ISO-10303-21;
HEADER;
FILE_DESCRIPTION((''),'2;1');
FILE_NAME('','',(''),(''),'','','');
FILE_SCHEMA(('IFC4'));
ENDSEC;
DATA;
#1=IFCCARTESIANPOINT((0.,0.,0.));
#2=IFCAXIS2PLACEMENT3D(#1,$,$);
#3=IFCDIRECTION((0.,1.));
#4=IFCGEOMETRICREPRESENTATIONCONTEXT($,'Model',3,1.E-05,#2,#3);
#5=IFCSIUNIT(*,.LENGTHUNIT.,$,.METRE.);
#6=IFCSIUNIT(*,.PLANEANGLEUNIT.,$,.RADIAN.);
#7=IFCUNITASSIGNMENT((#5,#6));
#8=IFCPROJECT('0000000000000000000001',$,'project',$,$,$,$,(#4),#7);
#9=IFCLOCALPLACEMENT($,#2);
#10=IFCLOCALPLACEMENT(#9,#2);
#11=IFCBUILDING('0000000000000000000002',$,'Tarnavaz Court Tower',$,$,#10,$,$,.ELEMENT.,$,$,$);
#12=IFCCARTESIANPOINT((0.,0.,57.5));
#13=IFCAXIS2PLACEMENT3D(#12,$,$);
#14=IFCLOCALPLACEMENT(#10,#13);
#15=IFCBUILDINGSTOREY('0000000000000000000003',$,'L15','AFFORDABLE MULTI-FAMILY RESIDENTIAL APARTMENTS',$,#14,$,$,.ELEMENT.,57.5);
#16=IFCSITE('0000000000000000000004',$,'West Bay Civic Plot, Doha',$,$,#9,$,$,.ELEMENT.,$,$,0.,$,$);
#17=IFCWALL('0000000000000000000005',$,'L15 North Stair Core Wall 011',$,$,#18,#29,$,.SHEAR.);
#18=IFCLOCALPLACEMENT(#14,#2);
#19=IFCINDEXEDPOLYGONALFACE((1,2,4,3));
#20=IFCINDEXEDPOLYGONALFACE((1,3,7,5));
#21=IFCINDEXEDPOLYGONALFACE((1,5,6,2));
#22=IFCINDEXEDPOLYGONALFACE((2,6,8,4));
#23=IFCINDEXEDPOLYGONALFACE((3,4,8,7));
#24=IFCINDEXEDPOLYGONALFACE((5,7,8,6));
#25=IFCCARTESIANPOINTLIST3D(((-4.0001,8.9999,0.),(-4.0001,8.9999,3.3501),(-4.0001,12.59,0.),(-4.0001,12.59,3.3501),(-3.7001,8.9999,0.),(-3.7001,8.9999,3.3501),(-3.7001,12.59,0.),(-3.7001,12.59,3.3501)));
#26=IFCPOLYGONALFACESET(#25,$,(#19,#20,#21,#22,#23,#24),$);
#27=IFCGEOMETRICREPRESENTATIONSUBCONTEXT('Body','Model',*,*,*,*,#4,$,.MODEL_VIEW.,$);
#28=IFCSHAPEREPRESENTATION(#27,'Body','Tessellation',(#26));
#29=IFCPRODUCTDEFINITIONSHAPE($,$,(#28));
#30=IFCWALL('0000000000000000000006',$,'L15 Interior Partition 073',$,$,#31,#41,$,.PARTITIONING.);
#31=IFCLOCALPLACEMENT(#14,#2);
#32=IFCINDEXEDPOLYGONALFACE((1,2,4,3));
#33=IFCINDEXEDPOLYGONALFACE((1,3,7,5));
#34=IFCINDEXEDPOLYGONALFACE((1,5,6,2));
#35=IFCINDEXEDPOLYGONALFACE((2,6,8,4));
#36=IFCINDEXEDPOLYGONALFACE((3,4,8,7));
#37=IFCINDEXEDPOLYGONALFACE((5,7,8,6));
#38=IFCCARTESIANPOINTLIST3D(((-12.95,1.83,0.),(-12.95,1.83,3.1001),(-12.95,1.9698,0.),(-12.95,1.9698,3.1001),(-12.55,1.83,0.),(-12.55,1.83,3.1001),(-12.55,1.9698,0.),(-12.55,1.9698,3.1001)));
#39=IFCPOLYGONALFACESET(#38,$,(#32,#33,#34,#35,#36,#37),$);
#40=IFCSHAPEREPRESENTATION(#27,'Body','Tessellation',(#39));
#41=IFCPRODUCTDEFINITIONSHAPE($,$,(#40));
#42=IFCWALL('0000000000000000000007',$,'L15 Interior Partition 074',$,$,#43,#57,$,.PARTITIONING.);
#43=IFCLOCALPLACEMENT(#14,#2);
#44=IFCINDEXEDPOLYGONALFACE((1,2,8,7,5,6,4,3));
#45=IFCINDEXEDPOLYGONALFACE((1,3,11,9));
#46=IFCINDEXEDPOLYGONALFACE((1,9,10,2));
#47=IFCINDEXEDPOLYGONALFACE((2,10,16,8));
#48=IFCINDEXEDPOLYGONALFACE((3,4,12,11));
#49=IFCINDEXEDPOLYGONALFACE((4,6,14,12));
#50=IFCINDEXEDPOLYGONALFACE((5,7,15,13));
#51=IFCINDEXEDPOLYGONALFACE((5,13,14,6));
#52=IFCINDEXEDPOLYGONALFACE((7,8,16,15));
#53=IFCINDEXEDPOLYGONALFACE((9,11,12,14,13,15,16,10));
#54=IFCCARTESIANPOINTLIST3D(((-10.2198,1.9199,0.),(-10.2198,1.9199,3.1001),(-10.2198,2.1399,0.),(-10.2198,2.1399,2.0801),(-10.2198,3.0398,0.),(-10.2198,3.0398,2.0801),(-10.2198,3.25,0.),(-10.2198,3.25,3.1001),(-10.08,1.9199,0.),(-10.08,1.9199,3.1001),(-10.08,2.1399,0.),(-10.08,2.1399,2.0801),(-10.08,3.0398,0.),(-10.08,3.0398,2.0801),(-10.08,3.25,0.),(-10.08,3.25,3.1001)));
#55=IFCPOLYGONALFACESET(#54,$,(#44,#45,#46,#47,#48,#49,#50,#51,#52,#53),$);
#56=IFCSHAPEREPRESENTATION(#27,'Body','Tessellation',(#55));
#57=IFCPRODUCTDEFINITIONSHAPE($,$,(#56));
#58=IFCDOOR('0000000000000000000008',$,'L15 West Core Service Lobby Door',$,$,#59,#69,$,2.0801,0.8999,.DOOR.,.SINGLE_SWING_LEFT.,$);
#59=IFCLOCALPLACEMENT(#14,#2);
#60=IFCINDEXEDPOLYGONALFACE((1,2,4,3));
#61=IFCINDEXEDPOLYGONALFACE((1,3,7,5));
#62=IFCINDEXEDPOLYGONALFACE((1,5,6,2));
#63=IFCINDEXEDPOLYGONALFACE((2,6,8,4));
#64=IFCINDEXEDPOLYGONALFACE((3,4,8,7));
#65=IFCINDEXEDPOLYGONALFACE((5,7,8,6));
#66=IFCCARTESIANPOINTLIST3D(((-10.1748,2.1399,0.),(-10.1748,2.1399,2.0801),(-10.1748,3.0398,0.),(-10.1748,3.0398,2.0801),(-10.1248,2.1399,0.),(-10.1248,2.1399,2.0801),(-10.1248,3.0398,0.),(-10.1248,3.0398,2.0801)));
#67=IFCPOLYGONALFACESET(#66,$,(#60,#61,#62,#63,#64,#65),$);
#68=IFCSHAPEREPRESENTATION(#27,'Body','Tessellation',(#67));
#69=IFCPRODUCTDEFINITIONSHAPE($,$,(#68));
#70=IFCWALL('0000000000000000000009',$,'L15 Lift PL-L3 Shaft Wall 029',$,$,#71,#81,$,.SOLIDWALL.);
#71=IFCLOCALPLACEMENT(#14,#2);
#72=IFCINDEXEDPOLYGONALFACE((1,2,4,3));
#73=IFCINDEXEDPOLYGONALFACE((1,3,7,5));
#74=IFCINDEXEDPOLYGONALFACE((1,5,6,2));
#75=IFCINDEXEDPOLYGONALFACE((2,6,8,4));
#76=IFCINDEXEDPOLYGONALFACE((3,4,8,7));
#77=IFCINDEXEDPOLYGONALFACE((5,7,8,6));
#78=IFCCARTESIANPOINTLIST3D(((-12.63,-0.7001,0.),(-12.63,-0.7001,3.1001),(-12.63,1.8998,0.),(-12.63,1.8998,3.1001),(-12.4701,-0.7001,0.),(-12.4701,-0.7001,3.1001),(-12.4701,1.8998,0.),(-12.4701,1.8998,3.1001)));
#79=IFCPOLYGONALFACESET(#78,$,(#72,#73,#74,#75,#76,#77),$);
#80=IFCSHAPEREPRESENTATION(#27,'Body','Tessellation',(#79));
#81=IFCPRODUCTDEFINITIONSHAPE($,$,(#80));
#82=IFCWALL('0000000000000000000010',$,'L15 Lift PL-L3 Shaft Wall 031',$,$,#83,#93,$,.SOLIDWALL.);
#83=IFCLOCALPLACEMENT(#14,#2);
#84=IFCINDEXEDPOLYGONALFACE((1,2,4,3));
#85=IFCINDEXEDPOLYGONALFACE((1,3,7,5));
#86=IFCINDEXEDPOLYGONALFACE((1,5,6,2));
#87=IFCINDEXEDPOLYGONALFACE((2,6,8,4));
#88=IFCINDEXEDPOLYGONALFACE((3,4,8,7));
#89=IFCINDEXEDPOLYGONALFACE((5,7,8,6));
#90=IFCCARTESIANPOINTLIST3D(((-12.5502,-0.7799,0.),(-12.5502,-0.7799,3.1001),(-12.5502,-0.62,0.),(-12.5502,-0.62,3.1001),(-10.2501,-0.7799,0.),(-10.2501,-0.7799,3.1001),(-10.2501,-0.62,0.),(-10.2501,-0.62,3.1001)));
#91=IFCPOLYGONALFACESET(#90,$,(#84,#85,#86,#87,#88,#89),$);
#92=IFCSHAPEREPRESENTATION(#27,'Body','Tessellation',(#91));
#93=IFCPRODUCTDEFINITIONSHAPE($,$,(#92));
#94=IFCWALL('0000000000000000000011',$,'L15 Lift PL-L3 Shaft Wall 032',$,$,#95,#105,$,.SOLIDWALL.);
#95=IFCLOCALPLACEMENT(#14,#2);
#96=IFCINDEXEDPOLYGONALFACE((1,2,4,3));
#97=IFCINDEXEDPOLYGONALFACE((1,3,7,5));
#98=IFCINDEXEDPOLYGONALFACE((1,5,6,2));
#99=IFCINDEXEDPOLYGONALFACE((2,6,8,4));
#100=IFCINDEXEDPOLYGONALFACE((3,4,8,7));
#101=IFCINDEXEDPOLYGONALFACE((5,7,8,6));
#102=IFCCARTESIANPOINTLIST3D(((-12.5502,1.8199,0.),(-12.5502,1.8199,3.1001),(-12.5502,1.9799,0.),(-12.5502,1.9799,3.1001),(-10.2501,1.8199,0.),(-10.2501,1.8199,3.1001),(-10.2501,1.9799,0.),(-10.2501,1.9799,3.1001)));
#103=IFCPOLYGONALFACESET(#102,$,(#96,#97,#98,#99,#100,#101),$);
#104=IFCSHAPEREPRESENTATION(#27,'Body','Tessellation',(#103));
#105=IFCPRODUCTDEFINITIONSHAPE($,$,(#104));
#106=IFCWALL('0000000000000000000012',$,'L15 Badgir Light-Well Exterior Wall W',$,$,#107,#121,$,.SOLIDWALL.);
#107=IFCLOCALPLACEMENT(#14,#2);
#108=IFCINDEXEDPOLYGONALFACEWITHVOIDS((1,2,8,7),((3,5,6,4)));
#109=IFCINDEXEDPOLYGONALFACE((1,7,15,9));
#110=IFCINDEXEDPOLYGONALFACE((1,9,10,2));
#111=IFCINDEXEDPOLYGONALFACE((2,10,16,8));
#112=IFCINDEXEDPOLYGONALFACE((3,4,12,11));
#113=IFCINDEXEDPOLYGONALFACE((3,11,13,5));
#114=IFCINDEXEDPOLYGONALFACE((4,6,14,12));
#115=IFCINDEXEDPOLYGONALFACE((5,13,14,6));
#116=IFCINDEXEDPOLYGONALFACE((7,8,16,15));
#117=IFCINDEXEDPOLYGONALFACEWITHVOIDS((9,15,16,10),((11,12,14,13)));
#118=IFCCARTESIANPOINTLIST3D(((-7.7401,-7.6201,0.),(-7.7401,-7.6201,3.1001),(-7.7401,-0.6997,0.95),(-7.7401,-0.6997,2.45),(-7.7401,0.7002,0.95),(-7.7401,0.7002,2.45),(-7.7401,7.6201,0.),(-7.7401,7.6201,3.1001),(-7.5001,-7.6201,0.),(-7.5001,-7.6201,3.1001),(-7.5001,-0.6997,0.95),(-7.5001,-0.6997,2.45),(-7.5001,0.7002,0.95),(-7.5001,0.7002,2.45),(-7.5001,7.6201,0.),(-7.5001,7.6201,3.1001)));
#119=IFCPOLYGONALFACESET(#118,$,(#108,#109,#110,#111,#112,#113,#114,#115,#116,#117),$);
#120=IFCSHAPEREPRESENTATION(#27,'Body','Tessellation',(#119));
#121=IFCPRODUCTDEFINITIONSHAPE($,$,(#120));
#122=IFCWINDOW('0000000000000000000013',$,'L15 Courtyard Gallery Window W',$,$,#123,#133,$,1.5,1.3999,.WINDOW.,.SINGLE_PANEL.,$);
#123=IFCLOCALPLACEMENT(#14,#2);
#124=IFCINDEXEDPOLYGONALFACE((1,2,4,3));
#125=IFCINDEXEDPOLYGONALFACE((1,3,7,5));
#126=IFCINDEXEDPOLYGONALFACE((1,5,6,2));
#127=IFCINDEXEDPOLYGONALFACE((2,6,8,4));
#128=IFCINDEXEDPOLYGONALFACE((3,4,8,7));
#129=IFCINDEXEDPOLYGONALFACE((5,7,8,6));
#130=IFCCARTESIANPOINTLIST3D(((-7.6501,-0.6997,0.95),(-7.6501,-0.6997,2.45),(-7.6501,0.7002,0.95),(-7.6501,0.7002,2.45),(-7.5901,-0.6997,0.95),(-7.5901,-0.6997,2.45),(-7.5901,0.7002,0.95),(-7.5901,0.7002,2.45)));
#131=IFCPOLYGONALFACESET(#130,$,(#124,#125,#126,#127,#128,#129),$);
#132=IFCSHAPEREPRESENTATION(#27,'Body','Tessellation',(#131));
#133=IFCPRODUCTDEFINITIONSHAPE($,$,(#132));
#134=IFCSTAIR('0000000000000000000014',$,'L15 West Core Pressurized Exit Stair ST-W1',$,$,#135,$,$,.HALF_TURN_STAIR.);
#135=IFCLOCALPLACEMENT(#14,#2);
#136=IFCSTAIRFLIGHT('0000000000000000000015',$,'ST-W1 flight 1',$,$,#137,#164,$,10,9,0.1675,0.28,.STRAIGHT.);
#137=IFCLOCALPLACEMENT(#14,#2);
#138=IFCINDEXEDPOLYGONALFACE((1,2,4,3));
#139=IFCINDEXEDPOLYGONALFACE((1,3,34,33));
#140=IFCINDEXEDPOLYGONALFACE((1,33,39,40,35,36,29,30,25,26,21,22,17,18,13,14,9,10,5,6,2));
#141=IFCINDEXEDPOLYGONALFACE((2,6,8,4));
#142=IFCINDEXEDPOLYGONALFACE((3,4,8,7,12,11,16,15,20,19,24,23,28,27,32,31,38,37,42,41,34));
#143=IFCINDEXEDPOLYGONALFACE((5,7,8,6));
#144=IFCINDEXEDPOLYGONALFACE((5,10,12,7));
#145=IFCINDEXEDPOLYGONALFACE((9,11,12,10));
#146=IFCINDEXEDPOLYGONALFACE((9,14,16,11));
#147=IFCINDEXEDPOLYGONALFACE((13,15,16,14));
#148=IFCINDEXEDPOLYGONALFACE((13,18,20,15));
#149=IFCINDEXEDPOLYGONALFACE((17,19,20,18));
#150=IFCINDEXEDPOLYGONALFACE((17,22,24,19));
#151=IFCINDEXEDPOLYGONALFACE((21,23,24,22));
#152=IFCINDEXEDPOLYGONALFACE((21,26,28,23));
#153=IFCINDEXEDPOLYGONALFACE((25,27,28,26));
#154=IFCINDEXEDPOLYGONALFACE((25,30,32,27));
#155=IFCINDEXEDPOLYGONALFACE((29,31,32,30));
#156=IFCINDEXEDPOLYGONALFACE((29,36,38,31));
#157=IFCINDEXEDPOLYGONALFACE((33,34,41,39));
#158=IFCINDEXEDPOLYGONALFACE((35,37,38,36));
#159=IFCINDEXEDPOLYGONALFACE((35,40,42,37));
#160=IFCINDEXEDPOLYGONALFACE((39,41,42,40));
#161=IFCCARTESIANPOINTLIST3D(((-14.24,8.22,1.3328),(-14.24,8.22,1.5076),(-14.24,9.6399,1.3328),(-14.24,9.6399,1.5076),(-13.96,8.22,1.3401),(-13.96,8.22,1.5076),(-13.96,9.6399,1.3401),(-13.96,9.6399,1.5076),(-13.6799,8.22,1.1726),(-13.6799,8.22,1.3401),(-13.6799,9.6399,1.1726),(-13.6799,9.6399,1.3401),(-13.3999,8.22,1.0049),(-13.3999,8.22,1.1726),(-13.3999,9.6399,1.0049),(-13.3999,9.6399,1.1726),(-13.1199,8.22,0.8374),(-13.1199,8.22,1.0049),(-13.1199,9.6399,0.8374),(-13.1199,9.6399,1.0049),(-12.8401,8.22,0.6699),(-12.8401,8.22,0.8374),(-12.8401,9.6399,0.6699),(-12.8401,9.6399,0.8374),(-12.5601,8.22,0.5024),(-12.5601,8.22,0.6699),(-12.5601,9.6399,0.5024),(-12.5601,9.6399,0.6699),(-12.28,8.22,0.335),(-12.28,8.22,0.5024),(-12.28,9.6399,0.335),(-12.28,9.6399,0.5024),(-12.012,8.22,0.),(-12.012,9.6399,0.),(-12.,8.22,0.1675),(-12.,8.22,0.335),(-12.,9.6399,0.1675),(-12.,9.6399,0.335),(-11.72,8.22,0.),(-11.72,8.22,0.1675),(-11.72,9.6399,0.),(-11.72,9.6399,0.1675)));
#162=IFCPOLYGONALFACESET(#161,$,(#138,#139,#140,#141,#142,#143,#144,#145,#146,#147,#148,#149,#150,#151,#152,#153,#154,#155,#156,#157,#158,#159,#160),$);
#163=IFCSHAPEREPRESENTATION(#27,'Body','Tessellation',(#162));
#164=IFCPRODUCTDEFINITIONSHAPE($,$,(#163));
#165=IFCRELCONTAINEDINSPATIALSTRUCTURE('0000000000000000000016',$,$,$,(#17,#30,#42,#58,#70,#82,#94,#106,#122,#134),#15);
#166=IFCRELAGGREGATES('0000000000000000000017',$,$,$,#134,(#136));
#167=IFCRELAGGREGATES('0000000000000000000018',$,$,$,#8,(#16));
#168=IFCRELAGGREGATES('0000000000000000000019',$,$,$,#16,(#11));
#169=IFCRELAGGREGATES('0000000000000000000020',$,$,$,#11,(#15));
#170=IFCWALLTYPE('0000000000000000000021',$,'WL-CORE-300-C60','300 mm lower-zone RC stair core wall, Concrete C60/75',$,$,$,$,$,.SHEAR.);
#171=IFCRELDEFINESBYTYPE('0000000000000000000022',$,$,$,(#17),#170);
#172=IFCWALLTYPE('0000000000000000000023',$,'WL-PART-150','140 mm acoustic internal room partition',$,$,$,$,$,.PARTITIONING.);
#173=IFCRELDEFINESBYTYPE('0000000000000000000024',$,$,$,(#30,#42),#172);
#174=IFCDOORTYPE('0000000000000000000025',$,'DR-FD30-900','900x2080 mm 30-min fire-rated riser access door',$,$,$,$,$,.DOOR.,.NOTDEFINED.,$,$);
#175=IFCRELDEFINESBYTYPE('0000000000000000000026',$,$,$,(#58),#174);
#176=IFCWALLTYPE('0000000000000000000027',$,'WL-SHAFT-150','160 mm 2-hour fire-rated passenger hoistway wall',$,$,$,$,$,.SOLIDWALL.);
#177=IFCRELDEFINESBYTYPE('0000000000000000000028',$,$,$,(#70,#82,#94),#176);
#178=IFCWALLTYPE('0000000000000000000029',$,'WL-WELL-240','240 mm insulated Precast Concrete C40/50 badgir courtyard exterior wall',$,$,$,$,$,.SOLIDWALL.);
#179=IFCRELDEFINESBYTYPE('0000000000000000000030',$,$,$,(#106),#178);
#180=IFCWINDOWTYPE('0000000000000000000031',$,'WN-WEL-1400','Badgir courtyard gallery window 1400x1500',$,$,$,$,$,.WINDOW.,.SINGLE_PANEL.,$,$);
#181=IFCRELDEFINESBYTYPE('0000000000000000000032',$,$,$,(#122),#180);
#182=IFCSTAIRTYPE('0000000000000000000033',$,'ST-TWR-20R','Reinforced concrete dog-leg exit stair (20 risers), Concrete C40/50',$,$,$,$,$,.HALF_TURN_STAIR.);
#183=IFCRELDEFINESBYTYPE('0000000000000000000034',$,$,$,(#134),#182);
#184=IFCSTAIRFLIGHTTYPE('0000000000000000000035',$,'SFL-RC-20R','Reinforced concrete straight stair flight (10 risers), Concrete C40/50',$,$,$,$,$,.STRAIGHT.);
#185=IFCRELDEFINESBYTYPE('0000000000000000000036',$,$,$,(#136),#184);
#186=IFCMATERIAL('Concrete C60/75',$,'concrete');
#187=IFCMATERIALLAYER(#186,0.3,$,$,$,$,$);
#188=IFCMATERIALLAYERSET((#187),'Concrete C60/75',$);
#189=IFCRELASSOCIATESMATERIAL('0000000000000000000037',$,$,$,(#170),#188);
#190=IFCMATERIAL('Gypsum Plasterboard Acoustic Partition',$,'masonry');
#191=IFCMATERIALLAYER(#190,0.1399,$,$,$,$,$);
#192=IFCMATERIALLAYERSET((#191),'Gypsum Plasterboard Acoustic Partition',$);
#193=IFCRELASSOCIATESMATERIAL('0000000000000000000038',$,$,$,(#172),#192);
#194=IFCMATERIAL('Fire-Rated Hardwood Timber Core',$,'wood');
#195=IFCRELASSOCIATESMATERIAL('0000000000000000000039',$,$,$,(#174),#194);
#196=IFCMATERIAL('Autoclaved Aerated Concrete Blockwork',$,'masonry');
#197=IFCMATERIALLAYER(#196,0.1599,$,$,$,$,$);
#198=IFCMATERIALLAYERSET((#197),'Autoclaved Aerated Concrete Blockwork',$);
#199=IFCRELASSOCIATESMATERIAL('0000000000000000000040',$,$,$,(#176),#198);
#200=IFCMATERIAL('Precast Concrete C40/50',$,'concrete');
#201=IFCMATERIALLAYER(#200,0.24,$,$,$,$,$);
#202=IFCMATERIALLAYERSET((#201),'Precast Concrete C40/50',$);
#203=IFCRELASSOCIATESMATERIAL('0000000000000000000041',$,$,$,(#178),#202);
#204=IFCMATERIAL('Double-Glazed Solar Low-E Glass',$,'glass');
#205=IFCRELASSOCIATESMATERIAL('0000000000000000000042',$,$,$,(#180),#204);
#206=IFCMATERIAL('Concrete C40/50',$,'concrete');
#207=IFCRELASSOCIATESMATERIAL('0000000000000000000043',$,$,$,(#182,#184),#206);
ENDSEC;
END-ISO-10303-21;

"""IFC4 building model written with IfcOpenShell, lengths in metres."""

from ifc_helpers import new_model, si_unit, direction, frame, frame_2d, origin, place, context, subcontext, project, spatial, polyline, rectangle, outline, extrude, material, layer, layer_set, type_object, element, fill, aggregate, save


model = new_model("IFC4")

# Units and contexts
model_context = context("Model", 3, precision=1e-05, world=origin(), true_north=direction((0.0, 1.0)))
body_context = subcontext(model_context, "Body", "Model", "MODEL_VIEW")
ifc_project = project(units=[si_unit("LENGTHUNIT", "METRE"), si_unit("PLANEANGLEUNIT", "RADIAN")], contexts=[model_context])

# Site, building, storey
site_placement = place(None, origin())
site = spatial("IfcSite", under=ifc_project, at=site_placement, Name="West Bay Civic Plot, Doha", CompositionType="ELEMENT", RefElevation=0.0)
building_placement = place(site_placement, origin())
building = spatial("IfcBuilding", under=site, at=building_placement, Name="Tarnavaz Court Tower", CompositionType="ELEMENT")
storey_placement = place(building_placement, frame((0.0, 0.0, 57.5)))
storey = spatial("IfcBuildingStorey", under=building, at=storey_placement, Name="L15", Description="AFFORDABLE MULTI-FAMILY RESIDENTIAL APARTMENTS", CompositionType="ELEMENT", Elevation=57.5)

# Shared definitions
ifc_material_1 = material(Name="Concrete C60/75", Category="concrete")

# Shared definitions
ifc_layer_1 = layer(ifc_material_1, 0.3)
ifc_layer_set_1 = layer_set([ifc_layer_1], Name="Concrete C60/75")
wall_type_1 = type_object("IfcWallType", Name="WL-CORE-300-C60", Description="300 mm lower-zone RC stair core wall, Concrete C60/75", PredefinedType="SHEAR", material=ifc_layer_set_1)

# Shared definitions
ifc_material_2 = material(Name="Fire-Rated Hardwood Timber Core", Category="wood")

# Wall
wall_1_placement = place(storey_placement, frame((-3.8501, 9.0, 0.0), z_axis=(0.0, 0.0, 1.0), x_axis=(0.0, 1.0, 0.0)))
element("IfcWall", 1, at=wall_1_placement, inside=storey, type_object=wall_type_1, Name="L15 North Stair Core Wall 011", PredefinedType="SHEAR", context=body_context, shape_type="SweptSolid", body=[
    extrude(rectangle(XDim=3.5901, YDim=0.3, at=frame_2d((1.7949, 0.0))), origin(), (0.0, 0.0, 1.0), 3.3501),
])

# Shared definitions
ifc_material_3 = material(Name="Autoclaved Aerated Concrete Blockwork", Category="masonry")

# Wall
ifc_material_4 = material(Name="Gypsum Plasterboard Acoustic Partition", Category="masonry")
ifc_layer_2 = layer(ifc_material_4, 0.1399)
ifc_layer_set_2 = layer_set([ifc_layer_2], Name="Gypsum Plasterboard Acoustic Partition")
wall_type_2 = type_object("IfcWallType", Name="WL-PART-150", Description="140 mm acoustic internal room partition", PredefinedType="PARTITIONING", material=ifc_layer_set_2)
wall_2_placement = place(storey_placement, frame((-12.95, 1.8999, 0.0), z_axis=(0.0, 0.0, 1.0), x_axis=(1.0, 0.0, 0.0)))
element("IfcWall", 2, at=wall_2_placement, inside=storey, type_object=wall_type_2, Name="L15 Interior Partition 073", PredefinedType="PARTITIONING", context=body_context, shape_type="SweptSolid", body=[
    extrude(rectangle(XDim=0.3999, YDim=0.1399, at=frame_2d((0.2, 0.0))), origin(), (0.0, 0.0, 1.0), 3.1001),
])

# Wall, opening, door
wall_3_placement = place(storey_placement, frame((-10.1499, 1.9199, 0.0), z_axis=(0.0, 0.0, 1.0), x_axis=(0.0, 1.0, 0.0)))
wall_3 = element("IfcWall", 3, at=wall_3_placement, inside=storey, type_object=wall_type_2, Name="L15 Interior Partition 074", PredefinedType="PARTITIONING", context=body_context, shape_type="SweptSolid", body=[
    extrude(rectangle(XDim=1.3301, YDim=0.1399, at=frame_2d((0.665, 0.0))), origin(), (0.0, 0.0, 1.0), 3.1001),
])
opening_1_placement = place(wall_3_placement, frame((0.22, 0.0, 0.0)))
opening_1 = element("IfcOpeningElement", 4, at=opening_1_placement, cuts=wall_3, PredefinedType="OPENING", context=body_context, shape_type="SweptSolid", body=[
    extrude(rectangle(XDim=0.8999, YDim=2.0801, at=frame_2d((0.45, 1.04))), frame((0.0, 0.0798, 0.0), z_axis=(0.0, -1.0, 0.0), x_axis=(1.0, 0.0, 0.0)), (0.0, 0.0, 1.0), 0.1599),
])
door_type_1 = type_object("IfcDoorType", Name="DR-FD30-900", Description="900x2080 mm 30-min fire-rated riser access door", OperationType="NOTDEFINED", PredefinedType="DOOR", material=ifc_material_2)
door_1_placement = place(opening_1_placement, origin())
door_1 = element("IfcDoor", 5, at=door_1_placement, inside=storey, type_object=door_type_1, Name="L15 West Core Service Lobby Door", OperationType="SINGLE_SWING_LEFT", OverallHeight=2.0801, OverallWidth=0.8999, PredefinedType="DOOR", context=body_context, shape_type="SweptSolid", body=[
    extrude(rectangle(XDim=0.8999, YDim=2.0801, at=frame_2d((0.45, 1.04))), frame((0.0, 0.0249, 0.0), z_axis=(0.0, -1.0, 0.0), x_axis=(1.0, 0.0, 0.0)), (0.0, 0.0, 1.0), 0.05),
])
fill(opening_1, door_1)

# Wall
ifc_layer_3 = layer(ifc_material_3, 0.1599)
ifc_layer_set_3 = layer_set([ifc_layer_3], Name="Autoclaved Aerated Concrete Blockwork")
wall_type_3 = type_object("IfcWallType", Name="WL-SHAFT-150", Description="160 mm 2-hour fire-rated passenger hoistway wall", PredefinedType="SOLIDWALL", material=ifc_layer_set_3)
wall_4_placement = place(storey_placement, frame((-12.55, -0.7, 0.0), z_axis=(0.0, 0.0, 1.0), x_axis=(0.0, 1.0, 0.0)))
element("IfcWall", 6, at=wall_4_placement, inside=storey, type_object=wall_type_3, Name="L15 Lift PL-L3 Shaft Wall 029", PredefinedType="SOLIDWALL", context=body_context, shape_type="SweptSolid", body=[
    extrude(rectangle(XDim=2.5999, YDim=0.1599, at=frame_2d((1.2998, 0.0))), origin(), (0.0, 0.0, 1.0), 3.1001),
])

# Walls
for number, where, z_axis, x_axis, name in (
    (7, (-12.55, -0.7, 0.0), (0.0, 0.0, 1.0), (1.0, 0.0, 0.0), "L15 Lift PL-L3 Shaft Wall 031"),
    (8, (-12.55, 1.8999, 0.0), (0.0, 0.0, 1.0), (1.0, 0.0, 0.0), "L15 Lift PL-L3 Shaft Wall 032"),
):
    element("IfcWall", number, at=place(storey_placement, frame(where, z_axis=z_axis, x_axis=x_axis)), inside=storey, type_object=wall_type_3, Name=name, PredefinedType="SOLIDWALL", context=body_context, shape_type="SweptSolid", body=[
        extrude(rectangle(XDim=2.3, YDim=0.1599, at=frame_2d((1.1499, 0.0))), origin(), (0.0, 0.0, 1.0), 3.1001),
    ])

# Wall, opening, window
ifc_material_5 = material(Name="Precast Concrete C40/50", Category="concrete")
ifc_layer_4 = layer(ifc_material_5, 0.24)
ifc_layer_set_4 = layer_set([ifc_layer_4], Name="Precast Concrete C40/50")
wall_type_4 = type_object("IfcWallType", Name="WL-WELL-240", Description="240 mm insulated Precast Concrete C40/50 badgir courtyard exterior wall", PredefinedType="SOLIDWALL", material=ifc_layer_set_4)
wall_5_placement = place(storey_placement, frame((-7.6201, 7.6201, 0.0), z_axis=(0.0, 0.0, 1.0), x_axis=(0.0, -1.0, 0.0)))
wall_5 = element("IfcWall", 9, at=wall_5_placement, inside=storey, type_object=wall_type_4, Name="L15 Badgir Light-Well Exterior Wall W", PredefinedType="SOLIDWALL", context=body_context, shape_type="SweptSolid", body=[
    extrude(rectangle(XDim=15.2402, YDim=0.24, at=frame_2d((7.6201, 0.0))), origin(), (0.0, 0.0, 1.0), 3.1001),
])
opening_2_placement = place(wall_5_placement, frame((6.9199, 0.0, 0.95)))
opening_2 = element("IfcOpeningElement", 10, at=opening_2_placement, cuts=wall_5, PredefinedType="OPENING", context=body_context, shape_type="SweptSolid", body=[
    extrude(rectangle(XDim=1.3999, YDim=1.5, at=frame_2d((0.7, 0.75))), frame((0.0, 0.1299, 0.0), z_axis=(0.0, -1.0, 0.0), x_axis=(1.0, 0.0, 0.0)), (0.0, 0.0, 1.0), 0.26),
])
ifc_material_6 = material(Name="Double-Glazed Solar Low-E Glass", Category="glass")
window_type = type_object("IfcWindowType", Name="WN-WEL-1400", Description="Badgir courtyard gallery window 1400x1500", PartitioningType="SINGLE_PANEL", PredefinedType="WINDOW", material=ifc_material_6)
window_placement = place(opening_2_placement, origin())
window = element("IfcWindow", 11, at=window_placement, inside=storey, type_object=window_type, Name="L15 Courtyard Gallery Window W", OverallHeight=1.5, OverallWidth=1.3999, PartitioningType="SINGLE_PANEL", PredefinedType="WINDOW", context=body_context, shape_type="SweptSolid", body=[
    extrude(rectangle(XDim=1.3999, YDim=1.5, at=frame_2d((0.7, 0.75))), frame((0.0, 0.03, 0.0), z_axis=(0.0, -1.0, 0.0), x_axis=(1.0, 0.0, 0.0)), (0.0, 0.0, 1.0), 0.0601),
])
fill(opening_2, window)

# Stair, stair flight
ifc_material_7 = material(Name="Concrete C40/50", Category="concrete")
stair_type = type_object("IfcStairType", Name="ST-TWR-20R", Description="Reinforced concrete dog-leg exit stair (20 risers), Concrete C40/50", PredefinedType="HALF_TURN_STAIR", material=ifc_material_7)
stair_1_placement = place(storey_placement, origin())
stair_1 = element("IfcStair", 12, at=stair_1_placement, inside=storey, type_object=stair_type, Name="L15 West Core Pressurized Exit Stair ST-W1", PredefinedType="HALF_TURN_STAIR")
stair_flight_type = type_object("IfcStairFlightType", Name="SFL-RC-20R", Description="Reinforced concrete straight stair flight (10 risers), Concrete C40/50", PredefinedType="STRAIGHT", material=ifc_material_7)
stair_flight_1_placement = place(storey_placement, frame((-11.72, 8.9299, 0.0), z_axis=(0.0, 0.0, 1.0), x_axis=(-1.0, 0.0, 0.0)))
stair_flight_1 = element("IfcStairFlight", 13, at=stair_flight_1_placement, type_object=stair_flight_type, Name="ST-W1 flight 1", NumberOfRisers=10, NumberOfTreads=9, PredefinedType="STRAIGHT", RiserHeight=0.1675, TreadLength=0.28, context=body_context, shape_type="SweptSolid", body=[
    extrude(outline(polyline([(0.0, 0.0), (0.0, 0.1675), (0.28, 0.1675), (0.28, 0.335), (0.5601, 0.335), (0.5601, 0.5024), (0.8401, 0.5024), (0.8401, 0.6699), (1.1201, 0.6699), (1.1201, 0.8374), (1.3999, 0.8374), (1.3999, 1.0049), (1.6799, 1.0049), (1.6799, 1.1726), (1.96, 1.1726), (1.96, 1.3401), (2.24, 1.3401), (2.24, 1.5076), (2.52, 1.5076), (2.52, 1.675), (2.52, 1.3328), (0.292, 0.0), (0.0, 0.0)])), frame((0.0, 0.71, 0.0), z_axis=(0.0, -1.0, 0.0), x_axis=(1.0, 0.0, 0.0)), (0.0, 0.0, 1.0), 1.4199),
])
aggregate(stair_1, [stair_flight_1])

save(model, "model.ifc")
